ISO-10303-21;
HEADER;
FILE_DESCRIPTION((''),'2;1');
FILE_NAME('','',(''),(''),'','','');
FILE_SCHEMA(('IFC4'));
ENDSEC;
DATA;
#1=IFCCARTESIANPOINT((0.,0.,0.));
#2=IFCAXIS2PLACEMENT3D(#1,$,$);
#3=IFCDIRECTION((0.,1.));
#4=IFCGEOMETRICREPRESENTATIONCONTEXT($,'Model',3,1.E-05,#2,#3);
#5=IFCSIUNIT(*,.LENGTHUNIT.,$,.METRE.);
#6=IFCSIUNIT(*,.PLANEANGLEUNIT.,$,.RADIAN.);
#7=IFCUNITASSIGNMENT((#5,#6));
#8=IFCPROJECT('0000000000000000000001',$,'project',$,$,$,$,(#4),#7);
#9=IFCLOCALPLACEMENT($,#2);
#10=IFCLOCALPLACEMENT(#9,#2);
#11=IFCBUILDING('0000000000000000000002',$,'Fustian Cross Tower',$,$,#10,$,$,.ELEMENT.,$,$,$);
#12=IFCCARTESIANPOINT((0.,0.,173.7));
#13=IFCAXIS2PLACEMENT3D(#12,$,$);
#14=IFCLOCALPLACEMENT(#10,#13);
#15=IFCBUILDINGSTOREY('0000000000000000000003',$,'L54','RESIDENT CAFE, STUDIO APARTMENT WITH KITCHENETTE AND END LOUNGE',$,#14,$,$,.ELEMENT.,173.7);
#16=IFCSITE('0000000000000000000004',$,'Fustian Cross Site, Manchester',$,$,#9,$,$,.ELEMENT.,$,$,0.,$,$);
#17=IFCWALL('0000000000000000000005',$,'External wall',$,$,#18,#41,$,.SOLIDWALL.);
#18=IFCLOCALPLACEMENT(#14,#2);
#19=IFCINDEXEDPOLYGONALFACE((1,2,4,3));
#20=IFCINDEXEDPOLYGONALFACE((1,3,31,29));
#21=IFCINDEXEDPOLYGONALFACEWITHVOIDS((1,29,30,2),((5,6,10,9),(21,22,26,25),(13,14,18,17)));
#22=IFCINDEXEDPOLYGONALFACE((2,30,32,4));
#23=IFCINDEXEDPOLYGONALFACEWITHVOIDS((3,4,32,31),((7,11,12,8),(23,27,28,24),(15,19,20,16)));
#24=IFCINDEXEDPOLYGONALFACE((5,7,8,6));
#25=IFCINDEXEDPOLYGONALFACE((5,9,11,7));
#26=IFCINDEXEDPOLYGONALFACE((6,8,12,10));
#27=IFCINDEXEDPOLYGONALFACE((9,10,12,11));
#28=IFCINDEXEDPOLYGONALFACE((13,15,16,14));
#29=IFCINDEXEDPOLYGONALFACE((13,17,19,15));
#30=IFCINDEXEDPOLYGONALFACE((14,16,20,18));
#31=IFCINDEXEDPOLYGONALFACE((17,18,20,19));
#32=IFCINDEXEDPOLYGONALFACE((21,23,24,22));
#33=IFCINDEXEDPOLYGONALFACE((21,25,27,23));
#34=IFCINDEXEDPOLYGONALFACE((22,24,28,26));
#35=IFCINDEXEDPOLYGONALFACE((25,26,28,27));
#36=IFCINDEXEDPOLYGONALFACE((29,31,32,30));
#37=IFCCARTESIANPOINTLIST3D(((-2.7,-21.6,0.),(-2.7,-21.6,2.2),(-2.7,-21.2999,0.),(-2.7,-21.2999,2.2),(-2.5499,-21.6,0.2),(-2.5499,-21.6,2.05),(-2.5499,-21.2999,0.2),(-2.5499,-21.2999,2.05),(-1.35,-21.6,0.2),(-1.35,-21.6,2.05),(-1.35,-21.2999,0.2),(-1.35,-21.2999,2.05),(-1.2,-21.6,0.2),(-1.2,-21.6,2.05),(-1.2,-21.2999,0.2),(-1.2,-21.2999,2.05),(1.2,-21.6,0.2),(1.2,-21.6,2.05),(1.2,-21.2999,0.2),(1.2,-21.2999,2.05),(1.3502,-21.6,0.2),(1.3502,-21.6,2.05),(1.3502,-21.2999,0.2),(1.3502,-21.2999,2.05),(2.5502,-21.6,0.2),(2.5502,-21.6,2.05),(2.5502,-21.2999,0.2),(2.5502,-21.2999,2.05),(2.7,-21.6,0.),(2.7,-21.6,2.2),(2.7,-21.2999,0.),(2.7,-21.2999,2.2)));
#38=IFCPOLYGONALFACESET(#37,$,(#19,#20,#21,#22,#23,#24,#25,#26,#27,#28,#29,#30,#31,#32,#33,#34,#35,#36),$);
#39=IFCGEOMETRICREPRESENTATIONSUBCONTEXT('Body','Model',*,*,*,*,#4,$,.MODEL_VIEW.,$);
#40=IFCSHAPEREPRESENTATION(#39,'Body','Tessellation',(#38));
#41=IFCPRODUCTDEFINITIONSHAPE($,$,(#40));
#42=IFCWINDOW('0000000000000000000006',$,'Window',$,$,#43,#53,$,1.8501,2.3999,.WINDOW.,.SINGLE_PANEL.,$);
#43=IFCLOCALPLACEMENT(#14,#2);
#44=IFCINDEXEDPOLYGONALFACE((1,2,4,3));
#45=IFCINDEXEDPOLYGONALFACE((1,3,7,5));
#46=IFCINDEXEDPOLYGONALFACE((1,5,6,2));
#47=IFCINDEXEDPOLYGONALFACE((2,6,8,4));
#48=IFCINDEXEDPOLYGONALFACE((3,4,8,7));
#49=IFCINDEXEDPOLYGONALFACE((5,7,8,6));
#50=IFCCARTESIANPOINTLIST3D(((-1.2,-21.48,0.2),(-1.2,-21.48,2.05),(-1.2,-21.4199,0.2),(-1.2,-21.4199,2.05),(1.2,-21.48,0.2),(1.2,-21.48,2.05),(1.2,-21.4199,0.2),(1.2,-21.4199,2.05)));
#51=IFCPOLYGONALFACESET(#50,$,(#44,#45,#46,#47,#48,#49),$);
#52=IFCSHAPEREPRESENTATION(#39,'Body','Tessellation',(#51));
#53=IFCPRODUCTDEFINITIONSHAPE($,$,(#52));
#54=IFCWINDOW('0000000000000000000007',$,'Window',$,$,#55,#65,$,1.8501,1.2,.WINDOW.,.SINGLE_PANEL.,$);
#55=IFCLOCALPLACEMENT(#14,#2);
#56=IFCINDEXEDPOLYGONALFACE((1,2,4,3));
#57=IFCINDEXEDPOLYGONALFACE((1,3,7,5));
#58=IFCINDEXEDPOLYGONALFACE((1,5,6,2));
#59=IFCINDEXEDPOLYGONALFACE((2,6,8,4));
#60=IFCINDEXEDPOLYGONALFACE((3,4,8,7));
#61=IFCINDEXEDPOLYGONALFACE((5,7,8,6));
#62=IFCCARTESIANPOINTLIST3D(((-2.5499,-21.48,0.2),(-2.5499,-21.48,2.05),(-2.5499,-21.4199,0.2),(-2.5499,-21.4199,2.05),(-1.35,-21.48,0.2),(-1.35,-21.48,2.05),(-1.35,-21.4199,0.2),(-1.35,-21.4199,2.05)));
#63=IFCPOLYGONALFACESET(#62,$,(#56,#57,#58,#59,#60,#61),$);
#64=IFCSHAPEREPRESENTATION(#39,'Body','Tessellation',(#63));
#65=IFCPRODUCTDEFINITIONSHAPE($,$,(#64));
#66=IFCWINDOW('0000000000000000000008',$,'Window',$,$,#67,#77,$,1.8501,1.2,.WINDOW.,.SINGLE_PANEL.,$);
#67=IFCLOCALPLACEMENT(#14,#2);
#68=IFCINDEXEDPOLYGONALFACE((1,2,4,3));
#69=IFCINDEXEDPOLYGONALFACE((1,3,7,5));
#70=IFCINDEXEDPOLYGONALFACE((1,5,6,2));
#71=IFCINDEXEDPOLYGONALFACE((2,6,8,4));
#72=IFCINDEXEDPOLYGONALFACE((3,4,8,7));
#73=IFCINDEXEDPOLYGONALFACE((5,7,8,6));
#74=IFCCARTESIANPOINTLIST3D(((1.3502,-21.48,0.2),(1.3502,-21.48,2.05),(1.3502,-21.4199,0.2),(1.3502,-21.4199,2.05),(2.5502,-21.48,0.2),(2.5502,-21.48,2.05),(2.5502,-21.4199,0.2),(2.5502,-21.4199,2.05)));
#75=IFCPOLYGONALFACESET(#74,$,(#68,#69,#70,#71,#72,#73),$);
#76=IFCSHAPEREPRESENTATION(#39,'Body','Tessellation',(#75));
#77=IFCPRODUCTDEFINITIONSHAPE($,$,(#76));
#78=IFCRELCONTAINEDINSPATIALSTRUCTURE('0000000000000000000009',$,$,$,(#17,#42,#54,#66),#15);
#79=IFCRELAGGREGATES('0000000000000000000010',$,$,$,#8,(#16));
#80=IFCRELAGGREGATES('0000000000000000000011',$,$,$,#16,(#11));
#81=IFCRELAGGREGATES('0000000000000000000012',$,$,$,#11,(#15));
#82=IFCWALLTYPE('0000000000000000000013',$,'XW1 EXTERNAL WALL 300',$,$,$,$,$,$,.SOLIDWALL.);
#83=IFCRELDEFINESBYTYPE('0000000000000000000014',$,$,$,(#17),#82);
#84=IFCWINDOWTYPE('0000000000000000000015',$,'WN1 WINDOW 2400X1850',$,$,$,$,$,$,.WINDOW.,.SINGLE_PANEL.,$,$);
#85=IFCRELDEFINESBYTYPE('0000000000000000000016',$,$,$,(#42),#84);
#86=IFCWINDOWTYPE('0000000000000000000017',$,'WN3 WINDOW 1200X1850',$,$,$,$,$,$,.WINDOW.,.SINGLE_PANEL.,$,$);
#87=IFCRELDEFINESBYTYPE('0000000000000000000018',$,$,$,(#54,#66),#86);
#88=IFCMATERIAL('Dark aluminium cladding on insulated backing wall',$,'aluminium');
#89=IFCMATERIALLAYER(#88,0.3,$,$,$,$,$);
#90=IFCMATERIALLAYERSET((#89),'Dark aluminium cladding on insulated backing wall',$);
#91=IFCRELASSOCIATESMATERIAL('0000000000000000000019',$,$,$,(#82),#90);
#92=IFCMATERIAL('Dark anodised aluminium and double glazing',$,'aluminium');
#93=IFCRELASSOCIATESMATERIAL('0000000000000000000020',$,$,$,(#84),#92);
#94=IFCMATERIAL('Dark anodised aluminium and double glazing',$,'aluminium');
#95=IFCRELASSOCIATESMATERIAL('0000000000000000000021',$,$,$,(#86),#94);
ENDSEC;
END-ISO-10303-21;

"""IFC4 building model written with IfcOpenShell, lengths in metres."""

from ifc_helpers import new_model, si_unit, direction, frame, frame_2d, origin, place, context, subcontext, project, spatial, rectangle, extrude, material, layer, layer_set, type_object, element, fill, save


model = new_model("IFC4")

# Units and contexts
model_context = context("Model", 3, precision=1e-05, world=origin(), true_north=direction((0.0, 1.0)))
body_context = subcontext(model_context, "Body", "Model", "MODEL_VIEW")
ifc_project = project(units=[si_unit("LENGTHUNIT", "METRE"), si_unit("PLANEANGLEUNIT", "RADIAN")], contexts=[model_context])

# Site, building, storey
site_placement = place(None, origin())
site = spatial("IfcSite", under=ifc_project, at=site_placement, Name="Fustian Cross Site, Manchester", CompositionType="ELEMENT", RefElevation=0.0)
building_placement = place(site_placement, origin())
building = spatial("IfcBuilding", under=site, at=building_placement, Name="Fustian Cross Tower", CompositionType="ELEMENT")
storey_placement = place(building_placement, frame((0.0, 0.0, 173.7)))
storey = spatial("IfcBuildingStorey", under=building, at=storey_placement, Name="L54", Description="RESIDENT CAFE, STUDIO APARTMENT WITH KITCHENETTE AND END LOUNGE", CompositionType="ELEMENT", Elevation=173.7)

# Shared definitions
ifc_material_1 = material(Name="Dark aluminium cladding on insulated backing wall", Category="aluminium")
ifc_layer_1 = layer(ifc_material_1, 0.3)
ifc_layer_set_1 = layer_set([ifc_layer_1], Name="Dark aluminium cladding on insulated backing wall")
wall_type_1 = type_object("IfcWallType", Name="XW1 EXTERNAL WALL 300", PredefinedType="SOLIDWALL", material=ifc_layer_set_1)

# Wall, openings, windows
wall_1_placement = place(storey_placement, frame((-2.7, -21.45, 0.0), z_axis=(0.0, 0.0, 1.0), x_axis=(1.0, 0.0, 0.0)))
wall_1 = element("IfcWall", 1, at=wall_1_placement, inside=storey, type_object=wall_type_1, Name="External wall", PredefinedType="SOLIDWALL", context=body_context, shape_type="SweptSolid", body=[
    extrude(rectangle(XDim=5.3999, YDim=0.3, at=frame_2d((2.7, 0.0))), origin(), (0.0, 0.0, 1.0), 2.2),
])
opening_1_placement = place(wall_1_placement, frame((1.5, 0.0, 0.2)))
opening_1 = element("IfcOpeningElement", 2, at=opening_1_placement, cuts=wall_1, PredefinedType="OPENING", context=body_context, shape_type="SweptSolid", body=[
    extrude(rectangle(XDim=2.3999, YDim=1.8501, at=frame_2d((1.2, 0.925))), frame((0.0, 0.1599, 0.0), z_axis=(0.0, -1.0, 0.0), x_axis=(1.0, 0.0, 0.0)), (0.0, 0.0, 1.0), 0.3201),
])
opening_2_placement = place(wall_1_placement, frame((0.1499, 0.0, 0.2)))
opening_2 = element("IfcOpeningElement", 3, at=opening_2_placement, cuts=wall_1, PredefinedType="OPENING", context=body_context, shape_type="SweptSolid", body=[
    extrude(rectangle(XDim=1.2, YDim=1.8501, at=frame_2d((0.6001, 0.925))), frame((0.0, 0.1599, 0.0), z_axis=(0.0, -1.0, 0.0), x_axis=(1.0, 0.0, 0.0)), (0.0, 0.0, 1.0), 0.3201),
])
opening_3_placement = place(wall_1_placement, frame((4.05, 0.0, 0.2)))
opening_3 = element("IfcOpeningElement", 4, at=opening_3_placement, cuts=wall_1, PredefinedType="OPENING", context=body_context, shape_type="SweptSolid", body=[
    extrude(rectangle(XDim=1.2, YDim=1.8501, at=frame_2d((0.6001, 0.925))), frame((0.0, 0.1599, 0.0), z_axis=(0.0, -1.0, 0.0), x_axis=(1.0, 0.0, 0.0)), (0.0, 0.0, 1.0), 0.3201),
])
ifc_material_2 = material(Name="Dark anodised aluminium and double glazing", Category="aluminium")
window_type_1 = type_object("IfcWindowType", Name="WN1 WINDOW 2400X1850", PartitioningType="SINGLE_PANEL", PredefinedType="WINDOW", material=ifc_material_2)
window_1_placement = place(opening_1_placement, origin())
window_1 = element("IfcWindow", 5, at=window_1_placement, inside=storey, type_object=window_type_1, Name="Window", OverallHeight=1.8501, OverallWidth=2.3999, PartitioningType="SINGLE_PANEL", PredefinedType="WINDOW", context=body_context, shape_type="SweptSolid", body=[
    extrude(rectangle(XDim=2.3999, YDim=1.8501, at=frame_2d((1.2, 0.925))), frame((0.0, 0.03, 0.0), z_axis=(0.0, -1.0, 0.0), x_axis=(1.0, 0.0, 0.0)), (0.0, 0.0, 1.0), 0.0601),
])
fill(opening_1, window_1)
ifc_material_3 = material(Name="Dark anodised aluminium and double glazing", Category="aluminium")
window_type_2 = type_object("IfcWindowType", Name="WN3 WINDOW 1200X1850", PartitioningType="SINGLE_PANEL", PredefinedType="WINDOW", material=ifc_material_3)
window_2_placement = place(opening_2_placement, origin())
window_2 = element("IfcWindow", 6, at=window_2_placement, inside=storey, type_object=window_type_2, Name="Window", OverallHeight=1.8501, OverallWidth=1.2, PartitioningType="SINGLE_PANEL", PredefinedType="WINDOW", context=body_context, shape_type="SweptSolid", body=[
    extrude(rectangle(XDim=1.2, YDim=1.8501, at=frame_2d((0.6001, 0.925))), frame((0.0, 0.03, 0.0), z_axis=(0.0, -1.0, 0.0), x_axis=(1.0, 0.0, 0.0)), (0.0, 0.0, 1.0), 0.0601),
])
fill(opening_2, window_2)
window_3_placement = place(opening_3_placement, origin())
window_3 = element("IfcWindow", 7, at=window_3_placement, inside=storey, type_object=window_type_2, Name="Window", OverallHeight=1.8501, OverallWidth=1.2, PartitioningType="SINGLE_PANEL", PredefinedType="WINDOW", context=body_context, shape_type="SweptSolid", body=[
    extrude(rectangle(XDim=1.2, YDim=1.8501, at=frame_2d((0.6001, 0.925))), frame((0.0, 0.03, 0.0), z_axis=(0.0, -1.0, 0.0), x_axis=(1.0, 0.0, 0.0)), (0.0, 0.0, 1.0), 0.0601),
])
fill(opening_3, window_3)

save(model, "model.ifc")
